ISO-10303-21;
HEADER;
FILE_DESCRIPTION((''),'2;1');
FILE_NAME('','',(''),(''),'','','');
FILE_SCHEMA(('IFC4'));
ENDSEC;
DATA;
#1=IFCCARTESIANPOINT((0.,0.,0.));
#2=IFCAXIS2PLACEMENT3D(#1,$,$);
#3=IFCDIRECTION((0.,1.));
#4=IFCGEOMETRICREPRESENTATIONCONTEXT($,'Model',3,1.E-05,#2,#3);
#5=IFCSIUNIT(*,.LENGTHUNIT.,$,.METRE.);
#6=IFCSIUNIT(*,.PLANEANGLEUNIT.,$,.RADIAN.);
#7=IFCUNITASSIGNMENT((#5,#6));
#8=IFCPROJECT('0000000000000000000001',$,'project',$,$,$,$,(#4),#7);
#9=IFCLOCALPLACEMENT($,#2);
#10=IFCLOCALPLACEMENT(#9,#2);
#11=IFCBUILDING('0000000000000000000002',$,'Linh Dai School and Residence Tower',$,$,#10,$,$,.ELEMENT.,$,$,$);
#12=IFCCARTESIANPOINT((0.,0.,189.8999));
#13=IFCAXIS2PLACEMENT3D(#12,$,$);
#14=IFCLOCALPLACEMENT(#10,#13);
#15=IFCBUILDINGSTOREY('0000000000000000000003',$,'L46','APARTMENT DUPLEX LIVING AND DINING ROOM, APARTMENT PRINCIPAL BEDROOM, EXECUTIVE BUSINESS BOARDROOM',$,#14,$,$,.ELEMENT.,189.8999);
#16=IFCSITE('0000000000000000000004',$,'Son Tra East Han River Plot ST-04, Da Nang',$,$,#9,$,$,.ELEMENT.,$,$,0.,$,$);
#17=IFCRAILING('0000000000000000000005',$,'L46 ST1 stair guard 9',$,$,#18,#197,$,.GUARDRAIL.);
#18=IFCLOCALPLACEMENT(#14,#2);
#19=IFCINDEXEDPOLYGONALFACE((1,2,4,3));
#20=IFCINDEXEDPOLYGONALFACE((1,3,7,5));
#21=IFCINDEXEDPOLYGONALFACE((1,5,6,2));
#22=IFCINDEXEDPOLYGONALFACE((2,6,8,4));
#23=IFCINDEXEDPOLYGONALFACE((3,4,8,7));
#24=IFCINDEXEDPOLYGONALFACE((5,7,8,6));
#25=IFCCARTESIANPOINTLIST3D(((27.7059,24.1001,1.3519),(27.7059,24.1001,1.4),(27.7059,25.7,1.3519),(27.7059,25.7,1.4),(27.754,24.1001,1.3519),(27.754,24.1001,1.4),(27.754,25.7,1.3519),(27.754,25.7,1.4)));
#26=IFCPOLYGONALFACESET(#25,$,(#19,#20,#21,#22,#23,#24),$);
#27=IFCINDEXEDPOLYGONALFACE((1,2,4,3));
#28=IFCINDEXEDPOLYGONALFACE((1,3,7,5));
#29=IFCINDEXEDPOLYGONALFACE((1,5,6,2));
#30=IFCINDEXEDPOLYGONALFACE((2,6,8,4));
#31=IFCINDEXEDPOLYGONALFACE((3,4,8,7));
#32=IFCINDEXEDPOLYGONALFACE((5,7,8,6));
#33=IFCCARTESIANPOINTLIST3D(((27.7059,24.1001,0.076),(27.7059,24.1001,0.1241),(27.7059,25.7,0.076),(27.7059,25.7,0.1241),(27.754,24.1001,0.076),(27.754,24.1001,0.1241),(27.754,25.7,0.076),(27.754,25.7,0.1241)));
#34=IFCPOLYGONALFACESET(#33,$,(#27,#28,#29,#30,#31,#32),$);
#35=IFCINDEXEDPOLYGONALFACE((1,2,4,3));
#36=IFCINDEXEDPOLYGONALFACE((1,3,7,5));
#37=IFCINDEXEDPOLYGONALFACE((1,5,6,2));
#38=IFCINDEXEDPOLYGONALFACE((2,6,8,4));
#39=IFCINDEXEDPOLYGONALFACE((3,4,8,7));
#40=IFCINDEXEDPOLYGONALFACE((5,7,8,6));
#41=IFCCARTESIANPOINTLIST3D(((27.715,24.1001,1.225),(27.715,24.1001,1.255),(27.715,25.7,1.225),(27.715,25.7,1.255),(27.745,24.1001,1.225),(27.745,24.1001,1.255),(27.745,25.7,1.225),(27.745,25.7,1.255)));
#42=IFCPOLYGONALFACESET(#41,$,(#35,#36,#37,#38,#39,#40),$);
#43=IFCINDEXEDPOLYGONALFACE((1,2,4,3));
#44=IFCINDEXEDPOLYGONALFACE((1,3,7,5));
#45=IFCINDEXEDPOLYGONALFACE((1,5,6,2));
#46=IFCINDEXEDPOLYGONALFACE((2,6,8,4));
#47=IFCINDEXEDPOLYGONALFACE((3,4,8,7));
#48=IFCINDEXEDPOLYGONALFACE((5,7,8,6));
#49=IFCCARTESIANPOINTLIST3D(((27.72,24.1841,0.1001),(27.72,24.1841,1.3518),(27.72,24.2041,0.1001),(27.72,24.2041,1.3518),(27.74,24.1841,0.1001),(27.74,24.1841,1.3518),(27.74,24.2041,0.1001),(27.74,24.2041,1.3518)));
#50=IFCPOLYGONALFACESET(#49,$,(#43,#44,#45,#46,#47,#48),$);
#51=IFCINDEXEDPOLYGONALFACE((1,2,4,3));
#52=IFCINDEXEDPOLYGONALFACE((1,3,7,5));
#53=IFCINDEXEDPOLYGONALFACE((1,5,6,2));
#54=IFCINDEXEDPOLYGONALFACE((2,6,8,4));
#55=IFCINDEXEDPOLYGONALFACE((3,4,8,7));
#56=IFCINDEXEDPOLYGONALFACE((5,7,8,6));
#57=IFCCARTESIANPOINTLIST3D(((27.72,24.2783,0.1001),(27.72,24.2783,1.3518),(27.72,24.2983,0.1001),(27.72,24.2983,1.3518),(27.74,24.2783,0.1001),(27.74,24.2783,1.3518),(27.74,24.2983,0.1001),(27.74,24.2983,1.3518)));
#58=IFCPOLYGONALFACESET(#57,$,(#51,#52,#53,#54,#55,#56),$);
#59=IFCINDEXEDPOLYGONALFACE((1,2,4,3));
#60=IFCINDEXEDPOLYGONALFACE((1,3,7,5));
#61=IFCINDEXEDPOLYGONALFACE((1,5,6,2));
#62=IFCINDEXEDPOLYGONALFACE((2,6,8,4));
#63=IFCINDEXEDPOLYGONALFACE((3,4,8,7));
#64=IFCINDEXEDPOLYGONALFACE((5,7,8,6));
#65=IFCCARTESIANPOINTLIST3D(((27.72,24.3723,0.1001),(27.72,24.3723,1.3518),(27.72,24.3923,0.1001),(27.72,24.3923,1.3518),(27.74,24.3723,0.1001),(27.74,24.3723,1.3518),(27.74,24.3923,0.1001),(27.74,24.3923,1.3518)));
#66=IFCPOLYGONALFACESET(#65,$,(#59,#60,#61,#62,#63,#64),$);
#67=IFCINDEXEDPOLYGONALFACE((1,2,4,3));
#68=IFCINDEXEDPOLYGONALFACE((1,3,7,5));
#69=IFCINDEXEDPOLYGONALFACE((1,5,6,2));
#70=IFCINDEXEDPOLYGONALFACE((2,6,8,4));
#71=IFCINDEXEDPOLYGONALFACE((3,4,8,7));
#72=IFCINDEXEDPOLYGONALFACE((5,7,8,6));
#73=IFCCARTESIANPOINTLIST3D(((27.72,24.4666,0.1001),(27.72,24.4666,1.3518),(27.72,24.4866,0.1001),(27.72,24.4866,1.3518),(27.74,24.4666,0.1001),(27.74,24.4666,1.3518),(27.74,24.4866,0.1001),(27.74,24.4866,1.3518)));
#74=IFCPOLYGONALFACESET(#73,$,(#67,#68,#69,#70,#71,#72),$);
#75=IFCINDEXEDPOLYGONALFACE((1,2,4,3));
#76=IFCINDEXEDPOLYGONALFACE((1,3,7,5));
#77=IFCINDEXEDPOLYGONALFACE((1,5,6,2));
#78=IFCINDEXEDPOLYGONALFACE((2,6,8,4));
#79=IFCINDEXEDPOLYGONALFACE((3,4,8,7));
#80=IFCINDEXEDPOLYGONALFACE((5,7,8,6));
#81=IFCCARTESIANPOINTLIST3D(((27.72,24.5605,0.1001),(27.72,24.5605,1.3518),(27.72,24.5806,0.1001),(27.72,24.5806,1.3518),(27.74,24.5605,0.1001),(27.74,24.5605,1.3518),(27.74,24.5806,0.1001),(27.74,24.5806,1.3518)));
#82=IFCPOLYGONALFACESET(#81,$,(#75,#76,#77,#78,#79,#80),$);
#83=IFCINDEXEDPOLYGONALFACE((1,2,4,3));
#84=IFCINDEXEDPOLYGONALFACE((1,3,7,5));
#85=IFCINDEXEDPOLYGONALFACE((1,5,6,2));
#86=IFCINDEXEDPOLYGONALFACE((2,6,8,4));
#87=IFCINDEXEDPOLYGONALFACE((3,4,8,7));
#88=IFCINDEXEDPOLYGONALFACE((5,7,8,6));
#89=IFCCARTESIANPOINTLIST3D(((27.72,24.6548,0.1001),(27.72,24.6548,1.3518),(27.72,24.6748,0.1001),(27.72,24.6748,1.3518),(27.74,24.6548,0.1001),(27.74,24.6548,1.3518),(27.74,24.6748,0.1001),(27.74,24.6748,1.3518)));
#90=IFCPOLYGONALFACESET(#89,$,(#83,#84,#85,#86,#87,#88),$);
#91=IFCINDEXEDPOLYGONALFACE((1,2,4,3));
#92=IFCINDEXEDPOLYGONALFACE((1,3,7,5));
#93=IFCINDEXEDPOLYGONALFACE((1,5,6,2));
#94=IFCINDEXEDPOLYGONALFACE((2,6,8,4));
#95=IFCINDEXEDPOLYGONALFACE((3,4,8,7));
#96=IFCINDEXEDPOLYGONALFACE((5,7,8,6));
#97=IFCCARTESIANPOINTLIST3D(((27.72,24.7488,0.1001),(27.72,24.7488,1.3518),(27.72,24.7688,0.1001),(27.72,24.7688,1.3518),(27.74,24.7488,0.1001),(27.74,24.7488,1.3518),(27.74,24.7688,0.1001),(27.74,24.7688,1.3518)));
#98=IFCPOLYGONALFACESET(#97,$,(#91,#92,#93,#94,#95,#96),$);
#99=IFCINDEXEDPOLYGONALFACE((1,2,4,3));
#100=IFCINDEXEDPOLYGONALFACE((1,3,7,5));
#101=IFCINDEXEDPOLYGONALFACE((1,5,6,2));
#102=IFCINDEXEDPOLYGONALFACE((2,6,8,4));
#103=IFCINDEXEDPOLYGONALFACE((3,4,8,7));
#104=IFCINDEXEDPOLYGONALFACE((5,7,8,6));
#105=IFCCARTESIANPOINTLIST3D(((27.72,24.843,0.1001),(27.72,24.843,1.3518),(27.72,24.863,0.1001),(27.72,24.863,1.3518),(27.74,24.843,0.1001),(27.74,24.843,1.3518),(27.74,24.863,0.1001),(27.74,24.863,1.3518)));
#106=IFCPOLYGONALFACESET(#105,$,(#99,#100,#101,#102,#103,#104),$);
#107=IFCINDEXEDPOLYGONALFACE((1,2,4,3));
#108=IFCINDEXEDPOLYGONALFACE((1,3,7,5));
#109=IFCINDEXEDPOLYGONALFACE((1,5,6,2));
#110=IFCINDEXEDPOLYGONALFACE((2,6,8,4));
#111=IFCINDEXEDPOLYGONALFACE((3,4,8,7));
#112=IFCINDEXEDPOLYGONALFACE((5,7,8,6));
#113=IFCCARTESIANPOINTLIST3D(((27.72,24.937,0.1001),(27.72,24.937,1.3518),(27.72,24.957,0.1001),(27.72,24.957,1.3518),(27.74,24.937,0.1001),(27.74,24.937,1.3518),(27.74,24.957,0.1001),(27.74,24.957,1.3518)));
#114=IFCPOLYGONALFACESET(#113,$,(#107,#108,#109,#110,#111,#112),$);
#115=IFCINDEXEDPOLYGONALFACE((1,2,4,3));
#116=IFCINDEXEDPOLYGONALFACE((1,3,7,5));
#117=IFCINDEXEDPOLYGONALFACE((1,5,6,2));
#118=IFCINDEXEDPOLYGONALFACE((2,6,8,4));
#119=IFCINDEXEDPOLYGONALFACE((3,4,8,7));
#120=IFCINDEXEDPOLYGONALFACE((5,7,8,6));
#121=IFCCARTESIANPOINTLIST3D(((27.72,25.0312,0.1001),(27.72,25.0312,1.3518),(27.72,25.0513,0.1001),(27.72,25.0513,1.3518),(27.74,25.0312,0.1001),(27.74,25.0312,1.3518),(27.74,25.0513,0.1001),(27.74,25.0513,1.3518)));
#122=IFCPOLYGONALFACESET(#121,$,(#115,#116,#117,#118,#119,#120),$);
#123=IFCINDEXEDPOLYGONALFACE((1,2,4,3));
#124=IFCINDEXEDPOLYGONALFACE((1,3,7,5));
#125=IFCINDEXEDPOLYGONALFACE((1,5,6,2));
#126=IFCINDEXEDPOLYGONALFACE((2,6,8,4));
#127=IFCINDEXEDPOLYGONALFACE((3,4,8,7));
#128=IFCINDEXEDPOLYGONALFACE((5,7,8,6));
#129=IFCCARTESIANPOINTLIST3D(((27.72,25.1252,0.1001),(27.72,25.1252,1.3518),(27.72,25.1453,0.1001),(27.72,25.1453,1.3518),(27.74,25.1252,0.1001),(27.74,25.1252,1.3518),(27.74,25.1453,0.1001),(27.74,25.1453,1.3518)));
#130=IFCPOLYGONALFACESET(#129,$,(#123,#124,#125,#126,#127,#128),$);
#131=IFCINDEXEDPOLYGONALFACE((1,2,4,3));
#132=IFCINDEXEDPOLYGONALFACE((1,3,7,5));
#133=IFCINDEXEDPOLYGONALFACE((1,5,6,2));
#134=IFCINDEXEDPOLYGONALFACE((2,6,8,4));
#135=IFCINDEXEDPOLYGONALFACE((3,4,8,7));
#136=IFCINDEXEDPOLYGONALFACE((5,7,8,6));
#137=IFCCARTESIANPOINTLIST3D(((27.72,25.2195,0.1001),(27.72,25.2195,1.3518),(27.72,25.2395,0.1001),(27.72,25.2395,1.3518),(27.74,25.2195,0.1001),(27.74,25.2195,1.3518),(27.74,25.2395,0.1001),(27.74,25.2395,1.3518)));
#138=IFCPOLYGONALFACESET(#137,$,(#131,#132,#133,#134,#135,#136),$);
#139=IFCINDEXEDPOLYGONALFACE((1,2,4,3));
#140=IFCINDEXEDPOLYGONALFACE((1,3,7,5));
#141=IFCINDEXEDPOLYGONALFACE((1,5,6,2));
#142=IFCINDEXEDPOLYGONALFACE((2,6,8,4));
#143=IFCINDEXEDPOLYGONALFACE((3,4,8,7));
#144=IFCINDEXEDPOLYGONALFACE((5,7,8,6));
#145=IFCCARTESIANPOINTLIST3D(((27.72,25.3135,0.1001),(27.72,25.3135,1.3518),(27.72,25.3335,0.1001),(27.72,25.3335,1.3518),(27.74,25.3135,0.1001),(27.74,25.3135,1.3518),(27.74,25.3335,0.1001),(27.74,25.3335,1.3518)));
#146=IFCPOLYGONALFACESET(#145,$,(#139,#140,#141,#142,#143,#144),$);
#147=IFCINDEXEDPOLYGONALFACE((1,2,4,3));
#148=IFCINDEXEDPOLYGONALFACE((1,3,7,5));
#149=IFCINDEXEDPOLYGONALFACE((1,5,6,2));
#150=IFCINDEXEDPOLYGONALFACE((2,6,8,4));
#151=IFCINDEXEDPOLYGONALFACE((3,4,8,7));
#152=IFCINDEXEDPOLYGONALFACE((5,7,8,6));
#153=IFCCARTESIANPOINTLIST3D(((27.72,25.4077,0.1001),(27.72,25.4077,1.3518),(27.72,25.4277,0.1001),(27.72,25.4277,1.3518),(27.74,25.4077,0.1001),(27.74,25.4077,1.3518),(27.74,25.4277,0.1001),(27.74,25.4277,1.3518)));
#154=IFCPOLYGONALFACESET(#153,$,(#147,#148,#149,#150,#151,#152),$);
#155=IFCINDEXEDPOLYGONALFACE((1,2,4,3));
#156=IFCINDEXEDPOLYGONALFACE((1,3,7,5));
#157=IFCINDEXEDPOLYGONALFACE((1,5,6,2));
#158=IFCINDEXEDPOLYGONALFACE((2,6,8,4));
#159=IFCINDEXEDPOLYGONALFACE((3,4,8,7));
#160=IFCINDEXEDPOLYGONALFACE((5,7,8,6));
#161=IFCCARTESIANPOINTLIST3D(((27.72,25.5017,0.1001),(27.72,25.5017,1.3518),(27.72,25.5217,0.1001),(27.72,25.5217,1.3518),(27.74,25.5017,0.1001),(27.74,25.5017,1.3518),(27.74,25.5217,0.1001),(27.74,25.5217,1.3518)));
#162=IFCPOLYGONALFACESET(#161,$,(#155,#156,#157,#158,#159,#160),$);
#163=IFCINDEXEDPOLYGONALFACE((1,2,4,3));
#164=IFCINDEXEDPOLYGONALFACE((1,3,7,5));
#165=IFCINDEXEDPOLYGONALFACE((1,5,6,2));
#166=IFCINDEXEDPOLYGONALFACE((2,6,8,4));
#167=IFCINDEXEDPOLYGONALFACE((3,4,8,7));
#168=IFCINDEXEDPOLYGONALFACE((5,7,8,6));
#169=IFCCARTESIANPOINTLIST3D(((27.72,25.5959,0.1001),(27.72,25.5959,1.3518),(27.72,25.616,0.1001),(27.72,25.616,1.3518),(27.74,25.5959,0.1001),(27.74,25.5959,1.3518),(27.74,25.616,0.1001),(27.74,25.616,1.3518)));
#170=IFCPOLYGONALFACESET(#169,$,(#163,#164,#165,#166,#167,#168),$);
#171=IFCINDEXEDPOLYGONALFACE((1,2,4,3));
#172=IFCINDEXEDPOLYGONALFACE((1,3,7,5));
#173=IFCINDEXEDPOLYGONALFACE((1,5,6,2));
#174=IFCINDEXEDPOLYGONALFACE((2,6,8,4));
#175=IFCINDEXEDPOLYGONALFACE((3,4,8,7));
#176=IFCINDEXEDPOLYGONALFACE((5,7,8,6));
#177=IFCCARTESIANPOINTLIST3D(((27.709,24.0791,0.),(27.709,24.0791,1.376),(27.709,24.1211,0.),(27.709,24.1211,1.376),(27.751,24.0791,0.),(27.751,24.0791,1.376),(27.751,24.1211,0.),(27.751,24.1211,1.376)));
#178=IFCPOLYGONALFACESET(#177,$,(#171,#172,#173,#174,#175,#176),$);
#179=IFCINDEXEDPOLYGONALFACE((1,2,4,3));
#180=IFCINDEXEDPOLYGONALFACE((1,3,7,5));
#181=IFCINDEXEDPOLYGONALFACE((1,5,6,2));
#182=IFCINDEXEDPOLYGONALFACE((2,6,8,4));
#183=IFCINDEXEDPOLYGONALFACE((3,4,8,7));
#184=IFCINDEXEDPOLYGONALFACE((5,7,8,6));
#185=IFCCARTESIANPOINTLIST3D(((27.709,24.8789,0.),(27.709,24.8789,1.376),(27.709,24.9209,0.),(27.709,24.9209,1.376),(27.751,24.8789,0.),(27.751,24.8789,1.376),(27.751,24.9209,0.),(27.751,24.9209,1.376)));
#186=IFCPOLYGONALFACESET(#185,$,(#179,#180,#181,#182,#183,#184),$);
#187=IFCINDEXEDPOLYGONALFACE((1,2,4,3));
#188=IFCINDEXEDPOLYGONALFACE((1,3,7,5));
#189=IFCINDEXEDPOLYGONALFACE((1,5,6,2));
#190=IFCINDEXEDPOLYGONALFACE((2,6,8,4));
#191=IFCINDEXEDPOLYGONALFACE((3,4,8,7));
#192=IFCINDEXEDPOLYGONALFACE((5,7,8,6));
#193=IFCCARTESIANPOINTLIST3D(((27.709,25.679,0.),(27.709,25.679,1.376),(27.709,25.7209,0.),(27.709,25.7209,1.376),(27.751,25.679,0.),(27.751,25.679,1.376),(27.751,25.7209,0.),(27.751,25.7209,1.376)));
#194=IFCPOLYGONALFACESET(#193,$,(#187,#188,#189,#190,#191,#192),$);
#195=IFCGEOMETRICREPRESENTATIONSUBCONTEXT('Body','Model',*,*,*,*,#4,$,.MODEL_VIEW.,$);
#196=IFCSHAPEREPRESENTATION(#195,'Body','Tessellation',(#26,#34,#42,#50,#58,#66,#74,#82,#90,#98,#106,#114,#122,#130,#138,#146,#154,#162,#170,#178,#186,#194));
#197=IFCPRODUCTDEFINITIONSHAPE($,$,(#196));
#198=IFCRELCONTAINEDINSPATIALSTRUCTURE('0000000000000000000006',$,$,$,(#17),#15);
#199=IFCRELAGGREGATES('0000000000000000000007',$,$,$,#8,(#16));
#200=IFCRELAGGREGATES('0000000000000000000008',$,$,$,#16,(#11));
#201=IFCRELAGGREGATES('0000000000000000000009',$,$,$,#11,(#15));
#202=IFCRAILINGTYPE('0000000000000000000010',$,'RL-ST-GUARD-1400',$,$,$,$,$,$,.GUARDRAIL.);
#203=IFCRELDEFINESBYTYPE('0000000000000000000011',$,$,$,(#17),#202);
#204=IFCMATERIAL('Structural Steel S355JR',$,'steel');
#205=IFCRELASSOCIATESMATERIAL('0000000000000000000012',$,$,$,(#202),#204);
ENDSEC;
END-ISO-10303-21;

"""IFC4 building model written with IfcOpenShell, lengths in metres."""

from ifc_helpers import new_model, si_unit, direction, frame, origin, origin_2d, place, context, subcontext, project, spatial, rectangle, extrude, source, transform, mapped, material, type_object, element, save


model = new_model("IFC4")

# Units and contexts
model_context = context("Model", 3, precision=1e-05, world=origin(), true_north=direction((0.0, 1.0)))
body_context = subcontext(model_context, "Body", "Model", "MODEL_VIEW")
ifc_project = project(units=[si_unit("LENGTHUNIT", "METRE"), si_unit("PLANEANGLEUNIT", "RADIAN")], contexts=[model_context])

# Site, building, storey
site_placement = place(None, origin())
site = spatial("IfcSite", under=ifc_project, at=site_placement, Name="Son Tra East Han River Plot ST-04, Da Nang", CompositionType="ELEMENT", RefElevation=0.0)
building_placement = place(site_placement, origin())
building = spatial("IfcBuilding", under=site, at=building_placement, Name="Linh Dai School and Residence Tower", CompositionType="ELEMENT")
storey_placement = place(building_placement, frame((0.0, 0.0, 189.8999)))
storey = spatial("IfcBuildingStorey", under=building, at=storey_placement, Name="L46", Description="APARTMENT DUPLEX LIVING AND DINING ROOM, APARTMENT PRINCIPAL BEDROOM, EXECUTIVE BUSINESS BOARDROOM", CompositionType="ELEMENT", Elevation=189.8999)

# Shared definitions
ifc_material_1 = material(Name="Structural Steel S355JR", Category="steel")

# Railing
railing_type = type_object("IfcRailingType", Name="RL-ST-GUARD-1400", PredefinedType="GUARDRAIL", material=ifc_material_1)
shared_shape_1 = source(origin(), body_context, "Body", "SweptSolid", [
    extrude(rectangle(XDim=0.0481, YDim=0.0481, at=origin_2d()), frame((0.0, 0.0, 1.376), z_axis=(0.0, 1.0, 0.0), x_axis=(-1.0, 0.0, 0.0)), (0.0, 0.0, 1.0), 1.5999),
    extrude(rectangle(XDim=0.0481, YDim=0.0481, at=origin_2d()), frame((0.0, 0.0, 0.1001), z_axis=(0.0, 1.0, 0.0), x_axis=(-1.0, 0.0, 0.0)), (0.0, 0.0, 1.0), 1.5999),
    extrude(rectangle(XDim=0.03, YDim=0.03, at=origin_2d()), frame((0.0, 0.0, 1.24), z_axis=(0.0, 1.0, 0.0), x_axis=(-1.0, 0.0, 0.0)), (0.0, 0.0, 1.0), 1.5999),
    extrude(rectangle(XDim=0.02, YDim=0.02, at=origin_2d()), frame((0.0, 0.094, 0.1001)), (0.0, 0.0, 1.0), 1.2517),
    extrude(rectangle(XDim=0.02, YDim=0.02, at=origin_2d()), frame((0.0, 0.1882, 0.1001)), (0.0, 0.0, 1.0), 1.2517),
    extrude(rectangle(XDim=0.02, YDim=0.02, at=origin_2d()), frame((0.0, 0.2822, 0.1001)), (0.0, 0.0, 1.0), 1.2517),
    extrude(rectangle(XDim=0.02, YDim=0.02, at=origin_2d()), frame((0.0, 0.3765, 0.1001)), (0.0, 0.0, 1.0), 1.2517),
    extrude(rectangle(XDim=0.02, YDim=0.02, at=origin_2d()), frame((0.0, 0.4705, 0.1001)), (0.0, 0.0, 1.0), 1.2517),
    extrude(rectangle(XDim=0.02, YDim=0.02, at=origin_2d()), frame((0.0, 0.5647, 0.1001)), (0.0, 0.0, 1.0), 1.2517),
    extrude(rectangle(XDim=0.02, YDim=0.02, at=origin_2d()), frame((0.0, 0.6587, 0.1001)), (0.0, 0.0, 1.0), 1.2517),
    extrude(rectangle(XDim=0.02, YDim=0.02, at=origin_2d()), frame((0.0, 0.7529, 0.1001)), (0.0, 0.0, 1.0), 1.2517),
    extrude(rectangle(XDim=0.02, YDim=0.02, at=origin_2d()), frame((0.0, 0.8469, 0.1001)), (0.0, 0.0, 1.0), 1.2517),
    extrude(rectangle(XDim=0.02, YDim=0.02, at=origin_2d()), frame((0.0, 0.9412, 0.1001)), (0.0, 0.0, 1.0), 1.2517),
    extrude(rectangle(XDim=0.02, YDim=0.02, at=origin_2d()), frame((0.0, 1.0352, 0.1001)), (0.0, 0.0, 1.0), 1.2517),
    extrude(rectangle(XDim=0.02, YDim=0.02, at=origin_2d()), frame((0.0, 1.1294, 0.1001)), (0.0, 0.0, 1.0), 1.2517),
    extrude(rectangle(XDim=0.02, YDim=0.02, at=origin_2d()), frame((0.0, 1.2234, 0.1001)), (0.0, 0.0, 1.0), 1.2517),
    extrude(rectangle(XDim=0.02, YDim=0.02, at=origin_2d()), frame((0.0, 1.3176, 0.1001)), (0.0, 0.0, 1.0), 1.2517),
    extrude(rectangle(XDim=0.02, YDim=0.02, at=origin_2d()), frame((0.0, 1.4116, 0.1001)), (0.0, 0.0, 1.0), 1.2517),
    extrude(rectangle(XDim=0.02, YDim=0.02, at=origin_2d()), frame((0.0, 1.5059, 0.1001)), (0.0, 0.0, 1.0), 1.2517),
    extrude(rectangle(XDim=0.042, YDim=0.042, at=origin_2d()), origin(), (0.0, 0.0, 1.0), 1.376),
    extrude(rectangle(XDim=0.042, YDim=0.042, at=origin_2d()), frame((0.0, 0.7998, 0.0)), (0.0, 0.0, 1.0), 1.376),
    extrude(rectangle(XDim=0.042, YDim=0.042, at=origin_2d()), frame((0.0, 1.5999, 0.0)), (0.0, 0.0, 1.0), 1.376),
])
for number, where, name in (
    (1, (27.73, 24.1001, 0.0), "L46 ST1 stair guard 9"),
):
    element("IfcRailing", number, at=place(storey_placement, frame(where)), inside=storey, type_object=railing_type, Name=name, PredefinedType="GUARDRAIL", context=body_context, shape_type="MappedRepresentation", body=[
        mapped(shared_shape_1, transform((0.0, 0.0, 0.0), x_axis=(1.0, 0.0, 0.0), y_axis=(0.0, 1.0, 0.0), z_axis=(0.0, 0.0, 1.0), scale=1.0)),
    ])

save(model, "model.ifc")
